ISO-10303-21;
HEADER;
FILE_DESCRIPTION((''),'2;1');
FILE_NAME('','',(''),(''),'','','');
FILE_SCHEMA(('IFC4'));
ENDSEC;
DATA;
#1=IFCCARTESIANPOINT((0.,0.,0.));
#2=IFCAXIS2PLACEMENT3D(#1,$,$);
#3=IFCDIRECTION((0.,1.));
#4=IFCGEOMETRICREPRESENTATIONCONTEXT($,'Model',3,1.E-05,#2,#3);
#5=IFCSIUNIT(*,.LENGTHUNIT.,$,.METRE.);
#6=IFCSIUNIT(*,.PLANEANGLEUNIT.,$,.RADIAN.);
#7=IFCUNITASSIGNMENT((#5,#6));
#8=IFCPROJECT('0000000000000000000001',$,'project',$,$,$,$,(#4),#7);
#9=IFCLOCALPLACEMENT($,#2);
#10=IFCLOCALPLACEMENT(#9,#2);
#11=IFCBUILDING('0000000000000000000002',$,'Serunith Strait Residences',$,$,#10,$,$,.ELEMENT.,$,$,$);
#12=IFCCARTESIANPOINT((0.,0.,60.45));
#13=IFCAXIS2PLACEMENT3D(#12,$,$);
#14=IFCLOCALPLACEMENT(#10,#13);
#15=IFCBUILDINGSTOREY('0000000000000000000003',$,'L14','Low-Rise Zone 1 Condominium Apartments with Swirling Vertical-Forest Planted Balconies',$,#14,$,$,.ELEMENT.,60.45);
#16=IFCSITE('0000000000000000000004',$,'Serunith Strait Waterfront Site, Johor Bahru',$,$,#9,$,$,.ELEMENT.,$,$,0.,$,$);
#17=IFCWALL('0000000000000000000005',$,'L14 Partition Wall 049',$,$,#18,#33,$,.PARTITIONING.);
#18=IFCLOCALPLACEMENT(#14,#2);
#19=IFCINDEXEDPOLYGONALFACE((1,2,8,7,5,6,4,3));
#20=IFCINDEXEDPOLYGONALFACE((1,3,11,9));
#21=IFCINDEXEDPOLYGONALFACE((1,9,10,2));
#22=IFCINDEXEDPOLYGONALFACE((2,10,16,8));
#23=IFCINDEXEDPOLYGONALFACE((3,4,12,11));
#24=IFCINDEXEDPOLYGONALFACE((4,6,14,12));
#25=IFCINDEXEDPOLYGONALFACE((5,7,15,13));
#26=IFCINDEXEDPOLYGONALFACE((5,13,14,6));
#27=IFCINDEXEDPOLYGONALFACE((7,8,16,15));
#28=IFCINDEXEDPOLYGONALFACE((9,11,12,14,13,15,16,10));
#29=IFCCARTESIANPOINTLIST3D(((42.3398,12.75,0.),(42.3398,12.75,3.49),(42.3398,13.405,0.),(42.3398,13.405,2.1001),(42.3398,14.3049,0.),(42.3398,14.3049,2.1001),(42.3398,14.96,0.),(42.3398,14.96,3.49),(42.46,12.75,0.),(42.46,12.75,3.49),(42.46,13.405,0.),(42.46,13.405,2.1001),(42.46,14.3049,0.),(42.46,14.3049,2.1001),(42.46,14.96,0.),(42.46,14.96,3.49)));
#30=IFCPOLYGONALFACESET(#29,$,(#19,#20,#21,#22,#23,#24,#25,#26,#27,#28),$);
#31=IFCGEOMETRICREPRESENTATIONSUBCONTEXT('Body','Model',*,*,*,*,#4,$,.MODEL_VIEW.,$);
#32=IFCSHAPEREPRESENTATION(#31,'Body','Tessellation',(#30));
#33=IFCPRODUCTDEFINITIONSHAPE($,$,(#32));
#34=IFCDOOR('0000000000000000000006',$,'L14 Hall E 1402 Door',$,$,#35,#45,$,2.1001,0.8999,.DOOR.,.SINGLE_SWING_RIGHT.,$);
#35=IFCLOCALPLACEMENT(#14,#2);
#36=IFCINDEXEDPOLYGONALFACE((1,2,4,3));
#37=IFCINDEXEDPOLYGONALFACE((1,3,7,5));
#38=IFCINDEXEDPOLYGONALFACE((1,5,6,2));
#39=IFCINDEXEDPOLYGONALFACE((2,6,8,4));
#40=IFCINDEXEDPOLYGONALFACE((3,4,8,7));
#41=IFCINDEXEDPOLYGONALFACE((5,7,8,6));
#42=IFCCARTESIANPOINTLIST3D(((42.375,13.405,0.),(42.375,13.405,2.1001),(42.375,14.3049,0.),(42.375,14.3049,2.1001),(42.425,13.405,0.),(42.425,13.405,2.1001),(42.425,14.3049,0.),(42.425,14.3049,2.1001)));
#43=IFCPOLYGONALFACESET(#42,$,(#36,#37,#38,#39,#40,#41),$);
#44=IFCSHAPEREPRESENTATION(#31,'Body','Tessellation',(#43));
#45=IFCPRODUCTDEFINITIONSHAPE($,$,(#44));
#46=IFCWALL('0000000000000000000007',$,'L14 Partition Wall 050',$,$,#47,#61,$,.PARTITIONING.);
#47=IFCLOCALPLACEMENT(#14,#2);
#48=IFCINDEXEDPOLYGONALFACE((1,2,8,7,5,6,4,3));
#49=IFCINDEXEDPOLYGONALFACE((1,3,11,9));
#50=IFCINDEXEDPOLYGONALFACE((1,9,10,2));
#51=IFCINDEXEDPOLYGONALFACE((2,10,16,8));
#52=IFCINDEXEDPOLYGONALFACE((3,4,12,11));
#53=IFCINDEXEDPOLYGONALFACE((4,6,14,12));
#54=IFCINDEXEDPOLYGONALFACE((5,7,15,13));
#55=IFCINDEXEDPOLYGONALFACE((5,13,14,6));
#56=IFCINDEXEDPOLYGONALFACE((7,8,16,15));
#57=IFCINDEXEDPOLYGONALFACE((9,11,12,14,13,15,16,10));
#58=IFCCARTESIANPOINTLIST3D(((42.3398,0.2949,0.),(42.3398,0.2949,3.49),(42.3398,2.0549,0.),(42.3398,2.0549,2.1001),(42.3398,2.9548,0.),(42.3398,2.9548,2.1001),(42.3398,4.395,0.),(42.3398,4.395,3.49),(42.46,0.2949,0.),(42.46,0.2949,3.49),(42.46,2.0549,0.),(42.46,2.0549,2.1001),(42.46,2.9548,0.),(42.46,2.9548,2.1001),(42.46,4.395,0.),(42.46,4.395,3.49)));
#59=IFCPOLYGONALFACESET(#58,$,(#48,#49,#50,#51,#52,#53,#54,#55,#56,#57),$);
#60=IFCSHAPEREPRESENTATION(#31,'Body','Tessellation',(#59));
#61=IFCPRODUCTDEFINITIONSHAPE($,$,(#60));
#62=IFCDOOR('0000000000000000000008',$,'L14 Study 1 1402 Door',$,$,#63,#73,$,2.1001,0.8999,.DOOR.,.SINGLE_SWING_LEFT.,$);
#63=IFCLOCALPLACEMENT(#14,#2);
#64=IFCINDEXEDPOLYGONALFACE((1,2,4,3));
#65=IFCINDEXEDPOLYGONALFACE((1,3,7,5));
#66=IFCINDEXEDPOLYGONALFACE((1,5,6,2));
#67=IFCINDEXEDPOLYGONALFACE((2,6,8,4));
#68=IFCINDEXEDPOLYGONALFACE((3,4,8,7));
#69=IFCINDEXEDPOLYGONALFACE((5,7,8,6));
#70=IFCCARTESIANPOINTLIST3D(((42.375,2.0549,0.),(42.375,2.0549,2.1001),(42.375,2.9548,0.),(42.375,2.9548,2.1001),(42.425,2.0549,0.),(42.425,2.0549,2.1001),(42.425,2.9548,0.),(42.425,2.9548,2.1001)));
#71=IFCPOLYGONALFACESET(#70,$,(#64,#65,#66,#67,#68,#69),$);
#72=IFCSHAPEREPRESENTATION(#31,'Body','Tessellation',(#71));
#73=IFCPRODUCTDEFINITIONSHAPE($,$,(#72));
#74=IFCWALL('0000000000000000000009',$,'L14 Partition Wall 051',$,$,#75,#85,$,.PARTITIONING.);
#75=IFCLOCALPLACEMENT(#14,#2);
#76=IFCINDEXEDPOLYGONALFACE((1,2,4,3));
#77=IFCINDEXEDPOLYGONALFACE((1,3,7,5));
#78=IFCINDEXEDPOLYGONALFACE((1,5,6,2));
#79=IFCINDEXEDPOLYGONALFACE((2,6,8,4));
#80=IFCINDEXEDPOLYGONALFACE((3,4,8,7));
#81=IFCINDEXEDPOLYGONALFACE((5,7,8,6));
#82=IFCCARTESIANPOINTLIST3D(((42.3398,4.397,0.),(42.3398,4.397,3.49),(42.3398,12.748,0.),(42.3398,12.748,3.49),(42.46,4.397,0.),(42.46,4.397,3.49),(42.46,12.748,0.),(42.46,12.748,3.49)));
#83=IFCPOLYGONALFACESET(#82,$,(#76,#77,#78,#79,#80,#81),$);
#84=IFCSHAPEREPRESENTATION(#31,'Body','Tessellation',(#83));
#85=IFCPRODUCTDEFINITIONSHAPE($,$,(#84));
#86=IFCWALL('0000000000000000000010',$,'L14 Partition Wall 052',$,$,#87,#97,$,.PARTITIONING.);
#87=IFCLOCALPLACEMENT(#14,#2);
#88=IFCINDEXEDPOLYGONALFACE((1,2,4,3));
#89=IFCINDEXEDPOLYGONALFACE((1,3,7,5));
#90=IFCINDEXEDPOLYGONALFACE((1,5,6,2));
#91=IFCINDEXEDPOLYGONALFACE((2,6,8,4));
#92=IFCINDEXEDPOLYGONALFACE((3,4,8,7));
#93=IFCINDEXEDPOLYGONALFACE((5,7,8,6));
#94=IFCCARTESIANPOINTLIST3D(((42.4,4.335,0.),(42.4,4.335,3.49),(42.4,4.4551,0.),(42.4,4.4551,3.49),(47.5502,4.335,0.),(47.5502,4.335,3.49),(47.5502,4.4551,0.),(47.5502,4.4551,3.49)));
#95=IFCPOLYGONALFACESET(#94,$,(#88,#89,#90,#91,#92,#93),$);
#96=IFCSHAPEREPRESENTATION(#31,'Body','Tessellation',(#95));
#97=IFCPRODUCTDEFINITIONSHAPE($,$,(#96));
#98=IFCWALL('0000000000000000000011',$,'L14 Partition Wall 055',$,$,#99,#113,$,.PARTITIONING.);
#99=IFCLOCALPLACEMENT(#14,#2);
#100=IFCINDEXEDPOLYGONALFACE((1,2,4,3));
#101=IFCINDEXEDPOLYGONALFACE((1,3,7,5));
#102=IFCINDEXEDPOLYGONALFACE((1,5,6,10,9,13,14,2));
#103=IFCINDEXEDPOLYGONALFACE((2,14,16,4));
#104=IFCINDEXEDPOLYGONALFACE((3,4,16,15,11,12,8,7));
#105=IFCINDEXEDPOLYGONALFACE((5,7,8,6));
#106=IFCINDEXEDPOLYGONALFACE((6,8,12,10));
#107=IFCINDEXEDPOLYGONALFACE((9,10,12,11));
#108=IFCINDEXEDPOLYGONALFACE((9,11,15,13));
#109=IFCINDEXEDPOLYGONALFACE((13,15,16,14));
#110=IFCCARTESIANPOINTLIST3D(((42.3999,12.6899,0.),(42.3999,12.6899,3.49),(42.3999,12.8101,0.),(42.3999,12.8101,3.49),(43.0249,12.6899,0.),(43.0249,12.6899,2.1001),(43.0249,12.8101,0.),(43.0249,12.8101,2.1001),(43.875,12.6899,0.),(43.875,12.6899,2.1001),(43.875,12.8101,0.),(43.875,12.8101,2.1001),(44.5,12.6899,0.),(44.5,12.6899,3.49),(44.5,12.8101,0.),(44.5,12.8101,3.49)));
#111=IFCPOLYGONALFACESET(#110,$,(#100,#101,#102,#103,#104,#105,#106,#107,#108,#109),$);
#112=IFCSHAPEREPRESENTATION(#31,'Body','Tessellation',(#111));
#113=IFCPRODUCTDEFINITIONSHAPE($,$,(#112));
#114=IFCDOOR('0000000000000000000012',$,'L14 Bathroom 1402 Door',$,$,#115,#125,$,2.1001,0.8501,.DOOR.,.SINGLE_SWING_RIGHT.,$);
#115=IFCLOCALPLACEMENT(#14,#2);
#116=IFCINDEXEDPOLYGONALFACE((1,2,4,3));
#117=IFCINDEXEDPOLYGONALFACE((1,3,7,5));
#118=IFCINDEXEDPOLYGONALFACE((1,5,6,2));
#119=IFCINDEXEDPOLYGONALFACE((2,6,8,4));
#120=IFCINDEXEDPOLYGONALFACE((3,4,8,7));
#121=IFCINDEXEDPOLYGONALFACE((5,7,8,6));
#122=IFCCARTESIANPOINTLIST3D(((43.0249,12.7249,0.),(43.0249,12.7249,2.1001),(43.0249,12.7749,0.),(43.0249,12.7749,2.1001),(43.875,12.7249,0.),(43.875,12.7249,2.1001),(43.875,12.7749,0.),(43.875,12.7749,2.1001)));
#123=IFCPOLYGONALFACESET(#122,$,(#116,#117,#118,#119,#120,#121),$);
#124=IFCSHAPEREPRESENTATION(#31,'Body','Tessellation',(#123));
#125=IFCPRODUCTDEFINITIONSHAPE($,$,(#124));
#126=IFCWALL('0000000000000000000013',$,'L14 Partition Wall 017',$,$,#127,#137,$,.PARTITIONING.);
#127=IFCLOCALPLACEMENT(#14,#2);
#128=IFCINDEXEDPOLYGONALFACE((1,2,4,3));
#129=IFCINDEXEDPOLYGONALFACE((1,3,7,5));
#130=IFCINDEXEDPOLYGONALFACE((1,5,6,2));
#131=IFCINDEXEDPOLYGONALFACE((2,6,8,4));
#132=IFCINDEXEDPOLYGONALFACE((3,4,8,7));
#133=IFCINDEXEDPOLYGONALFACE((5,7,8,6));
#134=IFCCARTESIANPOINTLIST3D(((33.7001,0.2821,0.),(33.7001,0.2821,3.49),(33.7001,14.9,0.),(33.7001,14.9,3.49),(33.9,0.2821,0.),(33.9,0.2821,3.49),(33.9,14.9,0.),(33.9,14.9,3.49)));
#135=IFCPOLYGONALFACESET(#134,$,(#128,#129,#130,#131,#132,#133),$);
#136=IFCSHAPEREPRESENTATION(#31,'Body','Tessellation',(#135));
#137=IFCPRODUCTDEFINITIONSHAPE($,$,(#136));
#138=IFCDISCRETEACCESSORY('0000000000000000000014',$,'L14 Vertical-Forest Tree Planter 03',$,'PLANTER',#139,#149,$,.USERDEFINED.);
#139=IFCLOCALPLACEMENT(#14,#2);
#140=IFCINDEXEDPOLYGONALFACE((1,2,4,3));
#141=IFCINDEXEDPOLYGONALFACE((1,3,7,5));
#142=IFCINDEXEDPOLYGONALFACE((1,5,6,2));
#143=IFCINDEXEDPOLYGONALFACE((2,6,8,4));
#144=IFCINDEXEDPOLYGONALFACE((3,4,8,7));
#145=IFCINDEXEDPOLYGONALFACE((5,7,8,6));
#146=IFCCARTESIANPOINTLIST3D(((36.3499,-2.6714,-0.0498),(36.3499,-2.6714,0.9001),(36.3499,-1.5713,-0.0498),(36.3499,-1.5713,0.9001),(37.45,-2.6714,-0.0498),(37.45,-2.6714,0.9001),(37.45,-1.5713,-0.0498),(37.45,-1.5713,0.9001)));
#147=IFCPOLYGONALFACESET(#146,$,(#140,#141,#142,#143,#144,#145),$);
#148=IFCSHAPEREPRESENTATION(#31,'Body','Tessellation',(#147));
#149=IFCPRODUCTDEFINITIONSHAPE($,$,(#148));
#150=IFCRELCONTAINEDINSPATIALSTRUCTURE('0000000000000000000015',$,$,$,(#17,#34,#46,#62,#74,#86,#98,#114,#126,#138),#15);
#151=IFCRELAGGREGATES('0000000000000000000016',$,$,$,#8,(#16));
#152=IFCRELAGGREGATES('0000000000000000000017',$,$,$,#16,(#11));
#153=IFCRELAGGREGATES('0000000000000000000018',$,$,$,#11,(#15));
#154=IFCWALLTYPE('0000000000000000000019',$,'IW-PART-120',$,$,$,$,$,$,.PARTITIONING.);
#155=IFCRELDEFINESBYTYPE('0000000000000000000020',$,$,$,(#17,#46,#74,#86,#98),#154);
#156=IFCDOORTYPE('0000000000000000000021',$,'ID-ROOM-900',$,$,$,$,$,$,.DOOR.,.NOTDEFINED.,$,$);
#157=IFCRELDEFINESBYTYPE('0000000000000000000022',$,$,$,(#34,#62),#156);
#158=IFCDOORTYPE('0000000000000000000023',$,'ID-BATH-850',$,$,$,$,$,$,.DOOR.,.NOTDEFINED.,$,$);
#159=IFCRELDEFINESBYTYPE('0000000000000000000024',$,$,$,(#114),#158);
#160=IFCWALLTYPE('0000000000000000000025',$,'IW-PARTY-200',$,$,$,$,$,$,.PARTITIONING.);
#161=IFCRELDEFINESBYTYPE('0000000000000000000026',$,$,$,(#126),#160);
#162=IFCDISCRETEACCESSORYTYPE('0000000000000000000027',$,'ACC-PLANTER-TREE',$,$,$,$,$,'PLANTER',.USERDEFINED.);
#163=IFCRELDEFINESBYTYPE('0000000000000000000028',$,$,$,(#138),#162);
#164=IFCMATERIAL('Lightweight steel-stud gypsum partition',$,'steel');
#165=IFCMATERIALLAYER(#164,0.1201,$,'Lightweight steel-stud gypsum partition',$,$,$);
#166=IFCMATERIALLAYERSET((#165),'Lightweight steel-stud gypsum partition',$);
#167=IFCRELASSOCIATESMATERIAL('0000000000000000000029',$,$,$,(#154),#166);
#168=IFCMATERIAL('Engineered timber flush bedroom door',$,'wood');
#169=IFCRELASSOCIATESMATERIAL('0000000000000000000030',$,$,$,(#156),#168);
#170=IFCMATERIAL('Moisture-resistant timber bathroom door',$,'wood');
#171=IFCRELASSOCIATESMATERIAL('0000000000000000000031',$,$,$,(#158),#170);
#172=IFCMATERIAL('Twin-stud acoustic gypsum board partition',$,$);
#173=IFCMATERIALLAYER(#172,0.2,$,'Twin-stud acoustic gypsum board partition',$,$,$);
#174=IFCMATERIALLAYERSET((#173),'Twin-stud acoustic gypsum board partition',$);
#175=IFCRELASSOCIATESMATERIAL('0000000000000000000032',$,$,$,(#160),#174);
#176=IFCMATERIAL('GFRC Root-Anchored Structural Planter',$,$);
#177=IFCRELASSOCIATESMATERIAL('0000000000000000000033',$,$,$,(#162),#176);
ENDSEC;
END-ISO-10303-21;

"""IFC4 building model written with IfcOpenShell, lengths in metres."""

from ifc_helpers import new_model, si_unit, direction, frame, frame_2d, origin, origin_2d, place, context, subcontext, project, spatial, rectangle, extrude, source, transform, mapped, material, layer, layer_set, type_object, element, fill, save


model = new_model("IFC4")

# Units and contexts
model_context = context("Model", 3, precision=1e-05, world=origin(), true_north=direction((0.0, 1.0)))
body_context = subcontext(model_context, "Body", "Model", "MODEL_VIEW")
ifc_project = project(units=[si_unit("LENGTHUNIT", "METRE"), si_unit("PLANEANGLEUNIT", "RADIAN")], contexts=[model_context])

# Site, building, storey
site_placement = place(None, origin())
site = spatial("IfcSite", under=ifc_project, at=site_placement, Name="Serunith Strait Waterfront Site, Johor Bahru", CompositionType="ELEMENT", RefElevation=0.0)
building_placement = place(site_placement, origin())
building = spatial("IfcBuilding", under=site, at=building_placement, Name="Serunith Strait Residences", CompositionType="ELEMENT")
storey_placement = place(building_placement, frame((0.0, 0.0, 60.45)))
storey = spatial("IfcBuildingStorey", under=building, at=storey_placement, Name="L14", Description="Low-Rise Zone 1 Condominium Apartments with Swirling Vertical-Forest Planted Balconies", CompositionType="ELEMENT", Elevation=60.45)

# Shared definitions
ifc_material_1 = material(Name="Lightweight steel-stud gypsum partition", Category="steel")
ifc_layer_1 = layer(ifc_material_1, 0.1201, Name="Lightweight steel-stud gypsum partition")
ifc_layer_set_1 = layer_set([ifc_layer_1], Name="Lightweight steel-stud gypsum partition")
wall_type_1 = type_object("IfcWallType", Name="IW-PART-120", PredefinedType="PARTITIONING", material=ifc_layer_set_1)
shared_shape_1 = source(origin(), body_context, "Body", "SweptSolid", [
    extrude(rectangle(XDim=0.8501, YDim=2.1001, at=frame_2d((0.425, 1.05))), frame((0.0, 0.0249, 0.0), z_axis=(0.0, -1.0, 0.0), x_axis=(1.0, 0.0, 0.0)), (0.0, 0.0, 1.0), 0.05),
])

# Walls, openings, doors
wall_1_placement = place(storey_placement, frame((42.3999, 12.75, 0.0), z_axis=(0.0, 0.0, 1.0), x_axis=(0.0, 1.0, 0.0)))
wall_1 = element("IfcWall", 1, at=wall_1_placement, inside=storey, type_object=wall_type_1, Name="L14 Partition Wall 049", PredefinedType="PARTITIONING", context=body_context, shape_type="SweptSolid", body=[
    extrude(rectangle(XDim=2.21, YDim=0.1201, at=frame_2d((1.105, 0.0))), origin(), (0.0, 0.0, 1.0), 3.49),
])
opening_1_placement = place(wall_1_placement, frame((0.655, 0.0, 0.0)))
opening_1 = element("IfcOpeningElement", 2, at=opening_1_placement, cuts=wall_1, PredefinedType="OPENING", context=body_context, shape_type="SweptSolid", body=[
    extrude(rectangle(XDim=0.8999, YDim=2.1001, at=frame_2d((0.45, 1.05))), frame((0.0, 0.0701, 0.0), z_axis=(0.0, -1.0, 0.0), x_axis=(1.0, 0.0, 0.0)), (0.0, 0.0, 1.0), 0.1401),
])
ifc_material_2 = material(Name="Engineered timber flush bedroom door", Category="wood")
door_type_1 = type_object("IfcDoorType", Name="ID-ROOM-900", OperationType="NOTDEFINED", PredefinedType="DOOR", material=ifc_material_2)
shared_shape_2 = source(origin(), body_context, "Body", "SweptSolid", [
    extrude(rectangle(XDim=0.8999, YDim=2.1001, at=frame_2d((0.45, 1.05))), frame((0.0, 0.0249, 0.0), z_axis=(0.0, -1.0, 0.0), x_axis=(1.0, 0.0, 0.0)), (0.0, 0.0, 1.0), 0.05),
])
door_1_placement = place(opening_1_placement, origin())
door_1 = element("IfcDoor", 3, at=door_1_placement, inside=storey, type_object=door_type_1, Name="L14 Hall E 1402 Door", OperationType="SINGLE_SWING_RIGHT", OverallHeight=2.1001, OverallWidth=0.8999, PredefinedType="DOOR", context=body_context, shape_type="MappedRepresentation", body=[
    mapped(shared_shape_2, transform((0.0, 0.0, 0.0), scale=1.0)),
])
fill(opening_1, door_1)
wall_2_placement = place(storey_placement, frame((42.3999, 0.2949, 0.0), z_axis=(0.0, 0.0, 1.0), x_axis=(0.0, 1.0, 0.0)))
wall_2 = element("IfcWall", 4, at=wall_2_placement, inside=storey, type_object=wall_type_1, Name="L14 Partition Wall 050", PredefinedType="PARTITIONING", context=body_context, shape_type="SweptSolid", body=[
    extrude(rectangle(XDim=4.1001, YDim=0.1201, at=frame_2d((2.05, 0.0))), origin(), (0.0, 0.0, 1.0), 3.49),
])
opening_2_placement = place(wall_2_placement, frame((1.76, 0.0, 0.0)))
opening_2 = element("IfcOpeningElement", 5, at=opening_2_placement, cuts=wall_2, PredefinedType="OPENING", context=body_context, shape_type="SweptSolid", body=[
    extrude(rectangle(XDim=0.8999, YDim=2.1001, at=frame_2d((0.45, 1.05))), frame((0.0, 0.0701, 0.0), z_axis=(0.0, -1.0, 0.0), x_axis=(1.0, 0.0, 0.0)), (0.0, 0.0, 1.0), 0.1401),
])
door_2_placement = place(opening_2_placement, origin())
door_2 = element("IfcDoor", 6, at=door_2_placement, inside=storey, type_object=door_type_1, Name="L14 Study 1 1402 Door", OperationType="SINGLE_SWING_LEFT", OverallHeight=2.1001, OverallWidth=0.8999, PredefinedType="DOOR", context=body_context, shape_type="MappedRepresentation", body=[
    mapped(shared_shape_2, transform((0.0, 0.0, 0.0), scale=1.0)),
])
fill(opening_2, door_2)

# Walls
wall_3_placement = place(storey_placement, frame((42.3999, 4.397, 0.0), z_axis=(0.0, 0.0, 1.0), x_axis=(0.0, 1.0, 0.0)))
element("IfcWall", 7, at=wall_3_placement, inside=storey, type_object=wall_type_1, Name="L14 Partition Wall 051", PredefinedType="PARTITIONING", context=body_context, shape_type="SweptSolid", body=[
    extrude(rectangle(XDim=8.3511, YDim=0.1201, at=frame_2d((4.1755, 0.0))), origin(), (0.0, 0.0, 1.0), 3.49),
])
wall_4_placement = place(storey_placement, frame((42.3999, 4.395, 0.0), z_axis=(0.0, 0.0, 1.0), x_axis=(1.0, 0.0, 0.0)))
element("IfcWall", 8, at=wall_4_placement, inside=storey, type_object=wall_type_1, Name="L14 Partition Wall 052", PredefinedType="PARTITIONING", context=body_context, shape_type="SweptSolid", body=[
    extrude(rectangle(XDim=5.1501, YDim=0.1201, at=frame_2d((2.5752, 0.0))), origin(), (0.0, 0.0, 1.0), 3.49),
])

# Wall, opening, door
wall_5_placement = place(storey_placement, frame((42.3999, 12.75, 0.0), z_axis=(0.0, 0.0, 1.0), x_axis=(1.0, 0.0, 0.0)))
wall_5 = element("IfcWall", 9, at=wall_5_placement, inside=storey, type_object=wall_type_1, Name="L14 Partition Wall 055", PredefinedType="PARTITIONING", context=body_context, shape_type="SweptSolid", body=[
    extrude(rectangle(XDim=2.1001, YDim=0.1201, at=frame_2d((1.05, 0.0))), origin(), (0.0, 0.0, 1.0), 3.49),
])
opening_3_placement = place(wall_5_placement, frame((0.625, 0.0, 0.0)))
opening_3 = element("IfcOpeningElement", 10, at=opening_3_placement, cuts=wall_5, PredefinedType="OPENING", context=body_context, shape_type="SweptSolid", body=[
    extrude(rectangle(XDim=0.8501, YDim=2.1001, at=frame_2d((0.425, 1.05))), frame((0.0, 0.0701, 0.0), z_axis=(0.0, -1.0, 0.0), x_axis=(1.0, 0.0, 0.0)), (0.0, 0.0, 1.0), 0.1401),
])
ifc_material_3 = material(Name="Moisture-resistant timber bathroom door", Category="wood")
door_type_2 = type_object("IfcDoorType", Name="ID-BATH-850", OperationType="NOTDEFINED", PredefinedType="DOOR", material=ifc_material_3)
door_3_placement = place(opening_3_placement, origin())
door_3 = element("IfcDoor", 11, at=door_3_placement, inside=storey, type_object=door_type_2, Name="L14 Bathroom 1402 Door", OperationType="SINGLE_SWING_RIGHT", OverallHeight=2.1001, OverallWidth=0.8501, PredefinedType="DOOR", context=body_context, shape_type="MappedRepresentation", body=[
    mapped(shared_shape_1, transform((0.0, 0.0, 0.0), scale=1.0)),
])
fill(opening_3, door_3)

# Wall
ifc_material_4 = material(Name="Twin-stud acoustic gypsum board partition")
ifc_layer_2 = layer(ifc_material_4, 0.2, Name="Twin-stud acoustic gypsum board partition")
ifc_layer_set_2 = layer_set([ifc_layer_2], Name="Twin-stud acoustic gypsum board partition")
wall_type_2 = type_object("IfcWallType", Name="IW-PARTY-200", PredefinedType="PARTITIONING", material=ifc_layer_set_2)
wall_6_placement = place(storey_placement, frame((33.8, 0.282, 0.0), z_axis=(0.0, 0.0, 1.0), x_axis=(0.0, 1.0, 0.0)))
element("IfcWall", 12, at=wall_6_placement, inside=storey, type_object=wall_type_2, Name="L14 Partition Wall 017", PredefinedType="PARTITIONING", context=body_context, shape_type="SweptSolid", body=[
    extrude(rectangle(XDim=14.6179, YDim=0.2, at=frame_2d((7.3091, 0.0))), origin(), (0.0, 0.0, 1.0), 3.49),
])

# Discrete accessory
ifc_material_5 = material(Name="GFRC Root-Anchored Structural Planter")
discrete_accessory_type = type_object("IfcDiscreteAccessoryType", Name="ACC-PLANTER-TREE", ElementType="PLANTER", PredefinedType="USERDEFINED", material=ifc_material_5)
shared_shape_3 = source(origin(), body_context, "Body", "SweptSolid", [
    extrude(rectangle(XDim=1.1001, YDim=1.1001, at=origin_2d()), origin(), (0.0, 0.0, 1.0), 0.95),
])
discrete_accessory_placement = place(storey_placement, frame((36.8999, -2.1213, -0.0498), z_axis=(0.0, 0.0, 1.0), x_axis=(1.0, 0.0, 0.0)))
element("IfcDiscreteAccessory", 13, at=discrete_accessory_placement, inside=storey, type_object=discrete_accessory_type, Name="L14 Vertical-Forest Tree Planter 03", ObjectType="PLANTER", PredefinedType="USERDEFINED", context=body_context, shape_type="MappedRepresentation", body=[
    mapped(shared_shape_3, transform((0.0, 0.0, 0.0), scale=1.0)),
])

save(model, "model.ifc")
